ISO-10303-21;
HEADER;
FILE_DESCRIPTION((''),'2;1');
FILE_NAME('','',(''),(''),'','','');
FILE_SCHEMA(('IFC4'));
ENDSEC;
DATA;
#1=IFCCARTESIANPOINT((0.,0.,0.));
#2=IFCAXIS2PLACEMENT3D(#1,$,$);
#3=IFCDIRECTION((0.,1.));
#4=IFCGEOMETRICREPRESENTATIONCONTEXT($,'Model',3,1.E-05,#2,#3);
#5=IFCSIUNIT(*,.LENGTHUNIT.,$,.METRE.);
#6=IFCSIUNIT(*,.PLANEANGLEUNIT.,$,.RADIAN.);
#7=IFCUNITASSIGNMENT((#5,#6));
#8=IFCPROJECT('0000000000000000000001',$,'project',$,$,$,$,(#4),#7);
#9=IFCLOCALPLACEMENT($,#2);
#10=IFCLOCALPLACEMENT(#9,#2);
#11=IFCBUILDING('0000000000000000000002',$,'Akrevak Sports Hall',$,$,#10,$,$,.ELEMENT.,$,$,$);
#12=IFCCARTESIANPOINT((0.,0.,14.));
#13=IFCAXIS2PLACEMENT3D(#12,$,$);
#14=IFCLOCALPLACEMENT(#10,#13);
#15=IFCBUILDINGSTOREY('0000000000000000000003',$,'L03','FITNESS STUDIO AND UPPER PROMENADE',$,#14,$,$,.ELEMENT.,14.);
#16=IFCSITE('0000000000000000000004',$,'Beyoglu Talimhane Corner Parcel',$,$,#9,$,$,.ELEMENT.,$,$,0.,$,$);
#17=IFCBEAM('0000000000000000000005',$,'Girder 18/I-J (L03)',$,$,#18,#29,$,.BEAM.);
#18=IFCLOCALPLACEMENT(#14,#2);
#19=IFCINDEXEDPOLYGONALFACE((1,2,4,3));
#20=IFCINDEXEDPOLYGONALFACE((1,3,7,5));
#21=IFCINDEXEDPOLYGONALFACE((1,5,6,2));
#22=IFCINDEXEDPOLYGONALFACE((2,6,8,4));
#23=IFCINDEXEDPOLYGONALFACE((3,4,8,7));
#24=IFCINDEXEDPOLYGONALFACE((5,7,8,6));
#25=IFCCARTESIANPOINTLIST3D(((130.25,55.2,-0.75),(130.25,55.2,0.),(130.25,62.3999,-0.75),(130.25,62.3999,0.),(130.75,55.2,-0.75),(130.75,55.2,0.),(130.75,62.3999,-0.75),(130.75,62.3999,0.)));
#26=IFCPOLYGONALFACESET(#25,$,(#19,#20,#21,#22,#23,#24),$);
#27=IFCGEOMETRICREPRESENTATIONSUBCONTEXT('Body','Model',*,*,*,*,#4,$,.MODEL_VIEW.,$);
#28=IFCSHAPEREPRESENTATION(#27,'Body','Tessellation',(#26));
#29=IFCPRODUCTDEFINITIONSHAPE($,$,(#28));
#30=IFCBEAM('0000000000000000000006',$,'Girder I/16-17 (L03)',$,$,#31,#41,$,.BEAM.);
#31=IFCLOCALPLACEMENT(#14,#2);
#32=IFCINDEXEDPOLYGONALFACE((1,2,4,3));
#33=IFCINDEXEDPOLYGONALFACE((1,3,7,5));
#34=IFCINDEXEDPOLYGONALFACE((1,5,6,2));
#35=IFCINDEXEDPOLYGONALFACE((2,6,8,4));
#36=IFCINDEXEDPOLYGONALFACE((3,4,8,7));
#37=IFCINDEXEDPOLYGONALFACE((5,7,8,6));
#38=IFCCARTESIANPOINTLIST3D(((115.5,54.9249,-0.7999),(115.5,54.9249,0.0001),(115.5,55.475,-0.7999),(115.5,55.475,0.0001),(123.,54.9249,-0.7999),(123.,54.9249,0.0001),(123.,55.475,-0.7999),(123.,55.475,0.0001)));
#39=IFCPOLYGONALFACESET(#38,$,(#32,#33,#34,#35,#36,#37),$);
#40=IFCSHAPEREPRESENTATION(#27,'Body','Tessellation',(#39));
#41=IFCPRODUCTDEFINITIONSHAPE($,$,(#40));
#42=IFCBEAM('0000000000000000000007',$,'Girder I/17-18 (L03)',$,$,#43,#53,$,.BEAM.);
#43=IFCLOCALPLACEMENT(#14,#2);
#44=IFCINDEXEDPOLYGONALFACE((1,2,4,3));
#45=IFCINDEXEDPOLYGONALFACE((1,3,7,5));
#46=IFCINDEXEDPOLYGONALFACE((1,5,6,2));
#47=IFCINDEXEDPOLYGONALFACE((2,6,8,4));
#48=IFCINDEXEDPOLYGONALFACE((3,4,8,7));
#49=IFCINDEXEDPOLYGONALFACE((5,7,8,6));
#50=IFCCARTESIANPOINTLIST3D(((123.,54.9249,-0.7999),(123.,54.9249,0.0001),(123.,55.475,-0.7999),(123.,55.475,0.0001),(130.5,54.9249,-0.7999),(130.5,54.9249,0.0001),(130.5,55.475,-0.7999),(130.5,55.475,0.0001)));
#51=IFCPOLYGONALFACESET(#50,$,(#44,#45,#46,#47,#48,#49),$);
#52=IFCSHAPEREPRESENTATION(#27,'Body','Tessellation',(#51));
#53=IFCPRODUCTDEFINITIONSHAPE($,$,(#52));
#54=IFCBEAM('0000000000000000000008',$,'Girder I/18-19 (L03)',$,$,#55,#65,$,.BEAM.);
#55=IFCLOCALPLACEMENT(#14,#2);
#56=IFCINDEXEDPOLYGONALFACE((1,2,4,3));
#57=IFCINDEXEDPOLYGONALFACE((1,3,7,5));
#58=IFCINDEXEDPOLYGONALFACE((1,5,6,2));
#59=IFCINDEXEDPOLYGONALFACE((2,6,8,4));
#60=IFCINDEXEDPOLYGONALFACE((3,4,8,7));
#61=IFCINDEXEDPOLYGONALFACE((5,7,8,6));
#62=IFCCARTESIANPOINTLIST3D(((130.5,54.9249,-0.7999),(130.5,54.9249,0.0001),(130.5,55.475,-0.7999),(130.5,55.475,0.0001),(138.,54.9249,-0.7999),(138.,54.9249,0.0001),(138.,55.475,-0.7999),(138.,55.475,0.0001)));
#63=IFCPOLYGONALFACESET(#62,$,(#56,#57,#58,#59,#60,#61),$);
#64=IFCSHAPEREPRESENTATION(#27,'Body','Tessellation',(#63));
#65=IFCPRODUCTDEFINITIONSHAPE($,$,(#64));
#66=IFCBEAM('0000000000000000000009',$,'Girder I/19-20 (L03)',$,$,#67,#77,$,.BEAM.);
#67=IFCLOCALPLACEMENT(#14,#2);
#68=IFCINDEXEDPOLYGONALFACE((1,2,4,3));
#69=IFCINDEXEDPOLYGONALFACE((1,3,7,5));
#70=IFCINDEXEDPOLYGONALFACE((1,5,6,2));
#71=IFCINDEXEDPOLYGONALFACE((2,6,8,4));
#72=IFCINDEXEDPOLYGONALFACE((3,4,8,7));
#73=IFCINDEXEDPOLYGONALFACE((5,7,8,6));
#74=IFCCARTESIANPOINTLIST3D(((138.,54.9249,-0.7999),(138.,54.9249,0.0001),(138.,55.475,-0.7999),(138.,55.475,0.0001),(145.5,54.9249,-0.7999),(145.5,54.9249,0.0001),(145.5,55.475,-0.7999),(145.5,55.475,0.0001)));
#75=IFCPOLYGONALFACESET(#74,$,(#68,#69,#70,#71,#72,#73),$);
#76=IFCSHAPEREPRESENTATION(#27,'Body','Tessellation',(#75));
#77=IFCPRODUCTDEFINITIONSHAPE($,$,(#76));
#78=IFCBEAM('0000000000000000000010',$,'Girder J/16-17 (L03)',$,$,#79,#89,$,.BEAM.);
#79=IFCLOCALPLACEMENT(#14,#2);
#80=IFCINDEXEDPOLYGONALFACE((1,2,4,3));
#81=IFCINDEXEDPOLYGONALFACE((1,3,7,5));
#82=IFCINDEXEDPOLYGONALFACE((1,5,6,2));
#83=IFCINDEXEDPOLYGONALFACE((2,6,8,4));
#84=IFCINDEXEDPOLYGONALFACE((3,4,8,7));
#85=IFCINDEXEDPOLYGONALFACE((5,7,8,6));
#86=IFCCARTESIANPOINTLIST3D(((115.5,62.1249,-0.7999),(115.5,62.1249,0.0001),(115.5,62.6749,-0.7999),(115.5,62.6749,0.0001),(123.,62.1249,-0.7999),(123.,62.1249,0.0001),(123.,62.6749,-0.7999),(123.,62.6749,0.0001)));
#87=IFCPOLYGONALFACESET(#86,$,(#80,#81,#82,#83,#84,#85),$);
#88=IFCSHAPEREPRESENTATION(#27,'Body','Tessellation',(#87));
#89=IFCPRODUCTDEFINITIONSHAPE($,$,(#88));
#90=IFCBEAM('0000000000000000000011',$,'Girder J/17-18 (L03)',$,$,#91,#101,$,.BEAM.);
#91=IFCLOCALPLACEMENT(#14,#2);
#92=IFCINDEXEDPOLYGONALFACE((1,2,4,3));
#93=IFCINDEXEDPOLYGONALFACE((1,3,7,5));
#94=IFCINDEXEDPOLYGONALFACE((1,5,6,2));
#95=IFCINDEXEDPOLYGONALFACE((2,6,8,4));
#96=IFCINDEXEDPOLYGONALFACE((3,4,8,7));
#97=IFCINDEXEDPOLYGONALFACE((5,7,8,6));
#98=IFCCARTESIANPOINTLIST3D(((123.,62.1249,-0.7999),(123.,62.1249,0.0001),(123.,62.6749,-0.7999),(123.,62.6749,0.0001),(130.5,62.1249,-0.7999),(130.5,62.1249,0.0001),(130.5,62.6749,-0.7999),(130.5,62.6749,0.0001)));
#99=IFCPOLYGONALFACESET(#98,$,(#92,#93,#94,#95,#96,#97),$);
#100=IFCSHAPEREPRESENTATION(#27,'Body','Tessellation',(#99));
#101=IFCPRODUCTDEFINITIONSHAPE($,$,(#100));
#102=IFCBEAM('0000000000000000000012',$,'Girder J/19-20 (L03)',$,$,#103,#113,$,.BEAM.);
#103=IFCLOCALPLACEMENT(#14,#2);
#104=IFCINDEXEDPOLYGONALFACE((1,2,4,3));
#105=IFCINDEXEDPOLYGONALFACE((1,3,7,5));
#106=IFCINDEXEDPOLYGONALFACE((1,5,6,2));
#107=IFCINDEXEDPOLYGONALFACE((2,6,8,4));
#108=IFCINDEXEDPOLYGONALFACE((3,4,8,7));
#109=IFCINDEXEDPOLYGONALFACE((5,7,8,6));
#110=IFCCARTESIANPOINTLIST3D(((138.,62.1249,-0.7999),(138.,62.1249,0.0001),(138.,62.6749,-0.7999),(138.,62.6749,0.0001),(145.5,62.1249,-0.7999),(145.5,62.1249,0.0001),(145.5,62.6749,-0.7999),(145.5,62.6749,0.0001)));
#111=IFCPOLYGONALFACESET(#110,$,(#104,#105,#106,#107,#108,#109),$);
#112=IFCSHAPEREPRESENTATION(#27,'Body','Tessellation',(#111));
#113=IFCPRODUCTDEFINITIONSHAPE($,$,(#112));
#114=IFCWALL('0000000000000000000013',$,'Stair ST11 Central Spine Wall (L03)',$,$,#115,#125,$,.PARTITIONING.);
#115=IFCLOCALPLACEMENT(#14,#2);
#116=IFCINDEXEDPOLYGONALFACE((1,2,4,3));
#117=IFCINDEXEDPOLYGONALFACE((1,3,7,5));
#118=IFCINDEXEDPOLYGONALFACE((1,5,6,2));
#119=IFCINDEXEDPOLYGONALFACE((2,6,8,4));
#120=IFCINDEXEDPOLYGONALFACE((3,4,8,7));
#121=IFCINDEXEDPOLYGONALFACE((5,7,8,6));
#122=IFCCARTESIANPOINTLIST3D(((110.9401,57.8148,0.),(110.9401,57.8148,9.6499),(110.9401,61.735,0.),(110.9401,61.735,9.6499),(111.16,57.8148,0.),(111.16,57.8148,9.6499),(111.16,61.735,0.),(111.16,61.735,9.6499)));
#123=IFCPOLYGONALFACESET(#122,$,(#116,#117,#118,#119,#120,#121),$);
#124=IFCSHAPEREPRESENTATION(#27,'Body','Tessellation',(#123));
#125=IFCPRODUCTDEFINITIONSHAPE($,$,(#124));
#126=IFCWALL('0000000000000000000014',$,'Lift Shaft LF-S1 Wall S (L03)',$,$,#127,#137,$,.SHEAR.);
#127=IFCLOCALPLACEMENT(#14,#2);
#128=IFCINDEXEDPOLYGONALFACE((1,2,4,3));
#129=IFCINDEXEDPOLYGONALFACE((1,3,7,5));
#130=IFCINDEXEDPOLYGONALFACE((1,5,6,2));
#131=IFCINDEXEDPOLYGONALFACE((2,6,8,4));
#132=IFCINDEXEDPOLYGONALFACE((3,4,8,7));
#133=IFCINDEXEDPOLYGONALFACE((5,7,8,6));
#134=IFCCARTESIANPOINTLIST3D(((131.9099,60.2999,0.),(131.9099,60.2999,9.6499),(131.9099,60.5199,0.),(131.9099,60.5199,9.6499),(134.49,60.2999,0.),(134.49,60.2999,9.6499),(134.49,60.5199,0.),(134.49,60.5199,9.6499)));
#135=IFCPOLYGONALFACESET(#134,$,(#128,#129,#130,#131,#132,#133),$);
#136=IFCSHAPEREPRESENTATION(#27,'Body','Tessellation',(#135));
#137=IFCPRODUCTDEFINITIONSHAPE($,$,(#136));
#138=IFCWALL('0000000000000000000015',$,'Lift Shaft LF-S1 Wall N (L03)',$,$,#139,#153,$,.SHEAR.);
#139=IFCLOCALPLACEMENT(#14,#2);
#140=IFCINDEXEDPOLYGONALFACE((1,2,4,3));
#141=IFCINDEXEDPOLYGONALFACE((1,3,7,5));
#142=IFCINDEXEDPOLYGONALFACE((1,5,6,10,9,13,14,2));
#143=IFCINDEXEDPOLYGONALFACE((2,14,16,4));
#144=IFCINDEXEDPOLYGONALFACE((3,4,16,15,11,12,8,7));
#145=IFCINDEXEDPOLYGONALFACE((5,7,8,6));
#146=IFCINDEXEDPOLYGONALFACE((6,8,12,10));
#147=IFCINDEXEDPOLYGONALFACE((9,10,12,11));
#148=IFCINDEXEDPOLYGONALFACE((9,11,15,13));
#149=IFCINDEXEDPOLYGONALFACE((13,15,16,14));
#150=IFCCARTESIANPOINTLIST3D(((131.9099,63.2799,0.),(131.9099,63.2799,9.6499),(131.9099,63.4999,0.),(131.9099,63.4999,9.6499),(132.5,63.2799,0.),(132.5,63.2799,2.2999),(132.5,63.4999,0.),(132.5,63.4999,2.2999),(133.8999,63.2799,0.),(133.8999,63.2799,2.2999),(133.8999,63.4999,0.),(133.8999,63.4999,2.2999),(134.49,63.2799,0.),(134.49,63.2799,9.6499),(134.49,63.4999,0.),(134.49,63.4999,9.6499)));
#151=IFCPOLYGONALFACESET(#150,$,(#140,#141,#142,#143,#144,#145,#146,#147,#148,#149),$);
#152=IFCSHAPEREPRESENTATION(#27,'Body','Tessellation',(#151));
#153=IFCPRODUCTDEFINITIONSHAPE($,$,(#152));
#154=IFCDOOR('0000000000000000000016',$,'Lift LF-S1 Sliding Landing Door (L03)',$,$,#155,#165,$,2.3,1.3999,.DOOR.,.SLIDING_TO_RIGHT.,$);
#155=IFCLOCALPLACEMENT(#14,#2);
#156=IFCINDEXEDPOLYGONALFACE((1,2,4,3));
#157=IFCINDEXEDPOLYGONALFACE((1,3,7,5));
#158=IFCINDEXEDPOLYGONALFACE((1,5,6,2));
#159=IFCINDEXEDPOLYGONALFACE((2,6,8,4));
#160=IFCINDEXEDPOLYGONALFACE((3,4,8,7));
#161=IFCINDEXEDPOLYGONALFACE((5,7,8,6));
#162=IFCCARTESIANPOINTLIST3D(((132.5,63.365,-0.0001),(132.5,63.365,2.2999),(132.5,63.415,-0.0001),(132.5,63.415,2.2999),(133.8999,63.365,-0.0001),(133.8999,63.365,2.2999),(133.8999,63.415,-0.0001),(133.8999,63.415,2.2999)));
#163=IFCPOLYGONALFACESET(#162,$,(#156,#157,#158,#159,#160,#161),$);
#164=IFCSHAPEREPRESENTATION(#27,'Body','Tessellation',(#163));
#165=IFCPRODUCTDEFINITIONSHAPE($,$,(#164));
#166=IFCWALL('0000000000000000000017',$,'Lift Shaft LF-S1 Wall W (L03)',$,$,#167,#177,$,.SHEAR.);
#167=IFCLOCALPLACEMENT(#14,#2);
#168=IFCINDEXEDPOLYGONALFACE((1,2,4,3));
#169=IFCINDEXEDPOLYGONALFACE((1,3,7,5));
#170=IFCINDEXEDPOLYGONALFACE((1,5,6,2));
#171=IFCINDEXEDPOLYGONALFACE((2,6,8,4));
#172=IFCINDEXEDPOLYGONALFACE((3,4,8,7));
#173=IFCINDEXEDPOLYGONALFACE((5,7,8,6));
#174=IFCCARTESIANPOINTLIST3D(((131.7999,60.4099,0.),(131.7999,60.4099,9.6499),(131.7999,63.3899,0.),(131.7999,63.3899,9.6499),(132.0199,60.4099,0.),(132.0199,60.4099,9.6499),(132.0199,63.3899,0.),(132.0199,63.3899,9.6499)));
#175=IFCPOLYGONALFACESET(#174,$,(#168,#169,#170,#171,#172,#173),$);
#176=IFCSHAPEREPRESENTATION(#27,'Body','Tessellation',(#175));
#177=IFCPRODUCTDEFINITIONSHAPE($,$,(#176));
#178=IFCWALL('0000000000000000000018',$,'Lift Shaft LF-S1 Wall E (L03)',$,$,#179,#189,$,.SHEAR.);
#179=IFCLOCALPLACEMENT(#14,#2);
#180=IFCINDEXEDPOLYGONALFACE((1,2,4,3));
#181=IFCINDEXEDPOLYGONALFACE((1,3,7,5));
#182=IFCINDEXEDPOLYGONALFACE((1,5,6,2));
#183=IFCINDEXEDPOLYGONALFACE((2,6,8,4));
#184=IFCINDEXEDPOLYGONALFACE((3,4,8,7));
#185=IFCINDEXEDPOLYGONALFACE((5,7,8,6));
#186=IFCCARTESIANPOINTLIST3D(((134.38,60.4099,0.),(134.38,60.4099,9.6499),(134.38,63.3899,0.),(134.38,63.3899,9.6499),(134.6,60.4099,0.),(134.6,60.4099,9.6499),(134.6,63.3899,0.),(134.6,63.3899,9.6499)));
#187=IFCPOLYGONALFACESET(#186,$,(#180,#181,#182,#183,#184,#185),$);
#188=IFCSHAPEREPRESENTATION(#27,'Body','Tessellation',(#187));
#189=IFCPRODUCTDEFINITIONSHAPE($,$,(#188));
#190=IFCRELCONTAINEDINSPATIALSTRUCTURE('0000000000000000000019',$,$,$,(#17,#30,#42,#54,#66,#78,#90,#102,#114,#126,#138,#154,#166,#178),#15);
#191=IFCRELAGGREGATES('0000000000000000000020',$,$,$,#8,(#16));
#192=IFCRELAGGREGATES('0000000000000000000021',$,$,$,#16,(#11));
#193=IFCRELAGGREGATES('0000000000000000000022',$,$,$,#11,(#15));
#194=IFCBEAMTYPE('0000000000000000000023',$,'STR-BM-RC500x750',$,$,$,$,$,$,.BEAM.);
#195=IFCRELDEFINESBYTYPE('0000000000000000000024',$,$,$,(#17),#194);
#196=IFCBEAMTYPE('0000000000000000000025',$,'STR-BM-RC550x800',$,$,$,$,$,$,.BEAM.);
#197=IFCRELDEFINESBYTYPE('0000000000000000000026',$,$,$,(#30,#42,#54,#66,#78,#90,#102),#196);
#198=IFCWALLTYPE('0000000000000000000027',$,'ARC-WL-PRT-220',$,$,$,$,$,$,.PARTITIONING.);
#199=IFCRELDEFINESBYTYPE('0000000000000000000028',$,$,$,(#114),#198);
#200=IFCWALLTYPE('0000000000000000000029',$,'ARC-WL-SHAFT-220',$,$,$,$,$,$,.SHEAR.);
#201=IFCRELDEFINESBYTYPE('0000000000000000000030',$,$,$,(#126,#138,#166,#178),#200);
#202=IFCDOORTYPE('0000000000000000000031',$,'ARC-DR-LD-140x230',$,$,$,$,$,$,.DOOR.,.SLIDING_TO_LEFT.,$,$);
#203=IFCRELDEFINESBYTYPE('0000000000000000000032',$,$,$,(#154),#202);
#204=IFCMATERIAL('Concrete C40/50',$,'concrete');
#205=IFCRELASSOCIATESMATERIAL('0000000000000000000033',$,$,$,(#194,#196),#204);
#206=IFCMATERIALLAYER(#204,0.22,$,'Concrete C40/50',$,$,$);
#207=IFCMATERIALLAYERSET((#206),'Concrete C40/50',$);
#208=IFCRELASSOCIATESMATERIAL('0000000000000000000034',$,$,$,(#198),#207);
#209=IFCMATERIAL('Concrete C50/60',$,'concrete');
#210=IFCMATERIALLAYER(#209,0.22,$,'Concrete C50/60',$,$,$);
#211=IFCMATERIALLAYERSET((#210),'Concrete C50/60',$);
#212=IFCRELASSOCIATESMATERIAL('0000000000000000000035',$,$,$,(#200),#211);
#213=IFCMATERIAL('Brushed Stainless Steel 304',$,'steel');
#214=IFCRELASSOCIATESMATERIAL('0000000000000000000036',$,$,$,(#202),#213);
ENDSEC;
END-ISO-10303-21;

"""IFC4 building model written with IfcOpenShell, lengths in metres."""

from ifc_helpers import new_model, si_unit, direction, frame, frame_2d, origin, origin_2d, place, context, subcontext, project, spatial, rectangle, extrude, material, layer, layer_set, material_profile, profile_set, type_object, element, fill, save


model = new_model("IFC4")

# Units and contexts
model_context = context("Model", 3, precision=1e-05, world=origin(), true_north=direction((0.0, 1.0)))
body_context = subcontext(model_context, "Body", "Model", "MODEL_VIEW")
ifc_project = project(units=[si_unit("LENGTHUNIT", "METRE"), si_unit("PLANEANGLEUNIT", "RADIAN")], contexts=[model_context])

# Site, building, storey
site_placement = place(None, origin())
site = spatial("IfcSite", under=ifc_project, at=site_placement, Name="Beyoglu Talimhane Corner Parcel", CompositionType="ELEMENT", RefElevation=0.0)
building_placement = place(site_placement, origin())
building = spatial("IfcBuilding", under=site, at=building_placement, Name="Akrevak Sports Hall", CompositionType="ELEMENT")
storey_placement = place(building_placement, frame((0.0, 0.0, 14.0)))
storey = spatial("IfcBuildingStorey", under=building, at=storey_placement, Name="L03", Description="FITNESS STUDIO AND UPPER PROMENADE", CompositionType="ELEMENT", Elevation=14.0)

# Shared definitions
ifc_material_1 = material(Name="Concrete C50/60", Category="concrete")
ifc_material_2 = material(Name="Concrete C40/50", Category="concrete")

# Beams
ifc_material_profile_1 = material_profile(ifc_material_2, rectangle(XDim=0.5, YDim=0.75, at=origin_2d()), Name="BM 500x750", Category="concrete")
ifc_profile_set_1 = profile_set([ifc_material_profile_1], Name="Concrete C40/50")
beam_type_1 = type_object("IfcBeamType", Name="STR-BM-RC500x750", PredefinedType="BEAM", material=ifc_profile_set_1)
for number, where, z_axis, x_axis, name in (
    (1, (130.5, 55.2, -0.375), (0.0, 1.0, 0.0), (-1.0, 0.0, 0.0), "Girder 18/I-J (L03)"),
):
    element("IfcBeam", number, at=place(storey_placement, frame(where, z_axis=z_axis, x_axis=x_axis)), inside=storey, type_object=beam_type_1, Name=name, PredefinedType="BEAM", context=body_context, shape_type="SweptSolid", body=[
        extrude(rectangle(XDim=0.5, YDim=0.75, at=origin_2d()), origin(), (0.0, 0.0, 1.0), 7.2),
    ])
ifc_material_profile_2 = material_profile(ifc_material_2, rectangle(XDim=0.55, YDim=0.8, at=origin_2d()), Name="BM 550x800", Category="concrete")
ifc_profile_set_2 = profile_set([ifc_material_profile_2], Name="Concrete C40/50")
beam_type_2 = type_object("IfcBeamType", Name="STR-BM-RC550x800", PredefinedType="BEAM", material=ifc_profile_set_2)
for number, where, z_axis, x_axis, name in (
    (2, (115.5, 55.2, -0.3999), (1.0, 0.0, 0.0), (0.0, 1.0, 0.0), "Girder I/16-17 (L03)"),
    (3, (123.0, 55.2, -0.3999), (1.0, 0.0, 0.0), (0.0, 1.0, 0.0), "Girder I/17-18 (L03)"),
    (4, (130.5, 55.2, -0.3999), (1.0, 0.0, 0.0), (0.0, 1.0, 0.0), "Girder I/18-19 (L03)"),
    (5, (138.0, 55.2, -0.3999), (1.0, 0.0, 0.0), (0.0, 1.0, 0.0), "Girder I/19-20 (L03)"),
    (6, (115.5, 62.3999, -0.3999), (1.0, 0.0, 0.0), (0.0, 1.0, 0.0), "Girder J/16-17 (L03)"),
    (7, (123.0, 62.3999, -0.3999), (1.0, 0.0, 0.0), (0.0, 1.0, 0.0), "Girder J/17-18 (L03)"),
    (8, (138.0, 62.3999, -0.3999), (1.0, 0.0, 0.0), (0.0, 1.0, 0.0), "Girder J/19-20 (L03)"),
):
    element("IfcBeam", number, at=place(storey_placement, frame(where, z_axis=z_axis, x_axis=x_axis)), inside=storey, type_object=beam_type_2, Name=name, PredefinedType="BEAM", context=body_context, shape_type="SweptSolid", body=[
        extrude(rectangle(XDim=0.55, YDim=0.8, at=origin_2d()), origin(), (0.0, 0.0, 1.0), 7.5),
    ])

# Walls
ifc_layer_1 = layer(ifc_material_2, 0.22, Name="Concrete C40/50")
ifc_layer_set_1 = layer_set([ifc_layer_1], Name="Concrete C40/50")
wall_type_1 = type_object("IfcWallType", Name="ARC-WL-PRT-220", PredefinedType="PARTITIONING", material=ifc_layer_set_1)
wall_1_placement = place(storey_placement, frame((111.05, 57.8149, 0.0), z_axis=(0.0, 0.0, 1.0), x_axis=(0.0, 1.0, 0.0)))
element("IfcWall", 9, at=wall_1_placement, inside=storey, type_object=wall_type_1, Name="Stair ST11 Central Spine Wall (L03)", PredefinedType="PARTITIONING", context=body_context, shape_type="SweptSolid", body=[
    extrude(rectangle(XDim=3.9202, YDim=0.22, at=frame_2d((1.96, 0.0))), origin(), (0.0, 0.0, 1.0), 9.6499),
])
ifc_layer_2 = layer(ifc_material_1, 0.22, Name="Concrete C50/60")
ifc_layer_set_2 = layer_set([ifc_layer_2], Name="Concrete C50/60")
wall_type_2 = type_object("IfcWallType", Name="ARC-WL-SHAFT-220", PredefinedType="SHEAR", material=ifc_layer_set_2)
wall_2_placement = place(storey_placement, frame((131.9099, 60.4099, 0.0), z_axis=(0.0, 0.0, 1.0), x_axis=(1.0, 0.0, 0.0)))
element("IfcWall", 10, at=wall_2_placement, inside=storey, type_object=wall_type_2, Name="Lift Shaft LF-S1 Wall S (L03)", PredefinedType="SHEAR", context=body_context, shape_type="SweptSolid", body=[
    extrude(rectangle(XDim=2.5801, YDim=0.22, at=frame_2d((1.29, 0.0))), origin(), (0.0, 0.0, 1.0), 9.6499),
])

# Wall, opening, door
wall_3_placement = place(storey_placement, frame((134.49, 63.3899, 0.0), z_axis=(0.0, 0.0, 1.0), x_axis=(-1.0, 0.0, 0.0)))
wall_3 = element("IfcWall", 11, at=wall_3_placement, inside=storey, type_object=wall_type_2, Name="Lift Shaft LF-S1 Wall N (L03)", PredefinedType="SHEAR", context=body_context, shape_type="SweptSolid", body=[
    extrude(rectangle(XDim=2.5801, YDim=0.22, at=frame_2d((1.29, 0.0))), origin(), (0.0, 0.0, 1.0), 9.6499),
])
opening_1_placement = place(wall_3_placement, frame((0.5901, 0.0, 0.0)))
opening_1 = element("IfcOpeningElement", 12, at=opening_1_placement, cuts=wall_3, PredefinedType="OPENING", context=body_context, shape_type="SweptSolid", body=[
    extrude(rectangle(XDim=1.3999, YDim=2.3, at=frame_2d((0.7, 1.1499))), frame((0.0, 0.1221, 0.0), z_axis=(0.0, -1.0, 0.0), x_axis=(1.0, 0.0, 0.0)), (0.0, 0.0, 1.0), 0.2439),
])
ifc_material_3 = material(Name="Brushed Stainless Steel 304", Category="steel")
door_type_1 = type_object("IfcDoorType", Name="ARC-DR-LD-140x230", OperationType="SLIDING_TO_LEFT", PredefinedType="DOOR", material=ifc_material_3)
door_1_placement = place(opening_1_placement, origin())
door_1 = element("IfcDoor", 13, at=door_1_placement, inside=storey, type_object=door_type_1, Name="Lift LF-S1 Sliding Landing Door (L03)", OperationType="SLIDING_TO_RIGHT", OverallHeight=2.3, OverallWidth=1.3999, PredefinedType="DOOR", context=body_context, shape_type="SweptSolid", body=[
    extrude(rectangle(XDim=1.3999, YDim=2.3, at=frame_2d((0.7, 1.1499))), frame((0.0, 0.0249, 0.0), z_axis=(0.0, -1.0, 0.0), x_axis=(1.0, 0.0, 0.0)), (0.0, 0.0, 1.0), 0.05),
])
fill(opening_1, door_1)

# Walls
for number, where, z_axis, x_axis, name in (
    (14, (131.9099, 63.3899, 0.0), (0.0, 0.0, 1.0), (0.0, -1.0, 0.0), "Lift Shaft LF-S1 Wall W (L03)"),
    (15, (134.49, 60.4099, 0.0), (0.0, 0.0, 1.0), (0.0, 1.0, 0.0), "Lift Shaft LF-S1 Wall E (L03)"),
):
    element("IfcWall", number, at=place(storey_placement, frame(where, z_axis=z_axis, x_axis=x_axis)), inside=storey, type_object=wall_type_2, Name=name, PredefinedType="SHEAR", context=body_context, shape_type="SweptSolid", body=[
        extrude(rectangle(XDim=2.98, YDim=0.22, at=frame_2d((1.49, 0.0))), origin(), (0.0, 0.0, 1.0), 9.6499),
    ])

save(model, "model.ifc")
